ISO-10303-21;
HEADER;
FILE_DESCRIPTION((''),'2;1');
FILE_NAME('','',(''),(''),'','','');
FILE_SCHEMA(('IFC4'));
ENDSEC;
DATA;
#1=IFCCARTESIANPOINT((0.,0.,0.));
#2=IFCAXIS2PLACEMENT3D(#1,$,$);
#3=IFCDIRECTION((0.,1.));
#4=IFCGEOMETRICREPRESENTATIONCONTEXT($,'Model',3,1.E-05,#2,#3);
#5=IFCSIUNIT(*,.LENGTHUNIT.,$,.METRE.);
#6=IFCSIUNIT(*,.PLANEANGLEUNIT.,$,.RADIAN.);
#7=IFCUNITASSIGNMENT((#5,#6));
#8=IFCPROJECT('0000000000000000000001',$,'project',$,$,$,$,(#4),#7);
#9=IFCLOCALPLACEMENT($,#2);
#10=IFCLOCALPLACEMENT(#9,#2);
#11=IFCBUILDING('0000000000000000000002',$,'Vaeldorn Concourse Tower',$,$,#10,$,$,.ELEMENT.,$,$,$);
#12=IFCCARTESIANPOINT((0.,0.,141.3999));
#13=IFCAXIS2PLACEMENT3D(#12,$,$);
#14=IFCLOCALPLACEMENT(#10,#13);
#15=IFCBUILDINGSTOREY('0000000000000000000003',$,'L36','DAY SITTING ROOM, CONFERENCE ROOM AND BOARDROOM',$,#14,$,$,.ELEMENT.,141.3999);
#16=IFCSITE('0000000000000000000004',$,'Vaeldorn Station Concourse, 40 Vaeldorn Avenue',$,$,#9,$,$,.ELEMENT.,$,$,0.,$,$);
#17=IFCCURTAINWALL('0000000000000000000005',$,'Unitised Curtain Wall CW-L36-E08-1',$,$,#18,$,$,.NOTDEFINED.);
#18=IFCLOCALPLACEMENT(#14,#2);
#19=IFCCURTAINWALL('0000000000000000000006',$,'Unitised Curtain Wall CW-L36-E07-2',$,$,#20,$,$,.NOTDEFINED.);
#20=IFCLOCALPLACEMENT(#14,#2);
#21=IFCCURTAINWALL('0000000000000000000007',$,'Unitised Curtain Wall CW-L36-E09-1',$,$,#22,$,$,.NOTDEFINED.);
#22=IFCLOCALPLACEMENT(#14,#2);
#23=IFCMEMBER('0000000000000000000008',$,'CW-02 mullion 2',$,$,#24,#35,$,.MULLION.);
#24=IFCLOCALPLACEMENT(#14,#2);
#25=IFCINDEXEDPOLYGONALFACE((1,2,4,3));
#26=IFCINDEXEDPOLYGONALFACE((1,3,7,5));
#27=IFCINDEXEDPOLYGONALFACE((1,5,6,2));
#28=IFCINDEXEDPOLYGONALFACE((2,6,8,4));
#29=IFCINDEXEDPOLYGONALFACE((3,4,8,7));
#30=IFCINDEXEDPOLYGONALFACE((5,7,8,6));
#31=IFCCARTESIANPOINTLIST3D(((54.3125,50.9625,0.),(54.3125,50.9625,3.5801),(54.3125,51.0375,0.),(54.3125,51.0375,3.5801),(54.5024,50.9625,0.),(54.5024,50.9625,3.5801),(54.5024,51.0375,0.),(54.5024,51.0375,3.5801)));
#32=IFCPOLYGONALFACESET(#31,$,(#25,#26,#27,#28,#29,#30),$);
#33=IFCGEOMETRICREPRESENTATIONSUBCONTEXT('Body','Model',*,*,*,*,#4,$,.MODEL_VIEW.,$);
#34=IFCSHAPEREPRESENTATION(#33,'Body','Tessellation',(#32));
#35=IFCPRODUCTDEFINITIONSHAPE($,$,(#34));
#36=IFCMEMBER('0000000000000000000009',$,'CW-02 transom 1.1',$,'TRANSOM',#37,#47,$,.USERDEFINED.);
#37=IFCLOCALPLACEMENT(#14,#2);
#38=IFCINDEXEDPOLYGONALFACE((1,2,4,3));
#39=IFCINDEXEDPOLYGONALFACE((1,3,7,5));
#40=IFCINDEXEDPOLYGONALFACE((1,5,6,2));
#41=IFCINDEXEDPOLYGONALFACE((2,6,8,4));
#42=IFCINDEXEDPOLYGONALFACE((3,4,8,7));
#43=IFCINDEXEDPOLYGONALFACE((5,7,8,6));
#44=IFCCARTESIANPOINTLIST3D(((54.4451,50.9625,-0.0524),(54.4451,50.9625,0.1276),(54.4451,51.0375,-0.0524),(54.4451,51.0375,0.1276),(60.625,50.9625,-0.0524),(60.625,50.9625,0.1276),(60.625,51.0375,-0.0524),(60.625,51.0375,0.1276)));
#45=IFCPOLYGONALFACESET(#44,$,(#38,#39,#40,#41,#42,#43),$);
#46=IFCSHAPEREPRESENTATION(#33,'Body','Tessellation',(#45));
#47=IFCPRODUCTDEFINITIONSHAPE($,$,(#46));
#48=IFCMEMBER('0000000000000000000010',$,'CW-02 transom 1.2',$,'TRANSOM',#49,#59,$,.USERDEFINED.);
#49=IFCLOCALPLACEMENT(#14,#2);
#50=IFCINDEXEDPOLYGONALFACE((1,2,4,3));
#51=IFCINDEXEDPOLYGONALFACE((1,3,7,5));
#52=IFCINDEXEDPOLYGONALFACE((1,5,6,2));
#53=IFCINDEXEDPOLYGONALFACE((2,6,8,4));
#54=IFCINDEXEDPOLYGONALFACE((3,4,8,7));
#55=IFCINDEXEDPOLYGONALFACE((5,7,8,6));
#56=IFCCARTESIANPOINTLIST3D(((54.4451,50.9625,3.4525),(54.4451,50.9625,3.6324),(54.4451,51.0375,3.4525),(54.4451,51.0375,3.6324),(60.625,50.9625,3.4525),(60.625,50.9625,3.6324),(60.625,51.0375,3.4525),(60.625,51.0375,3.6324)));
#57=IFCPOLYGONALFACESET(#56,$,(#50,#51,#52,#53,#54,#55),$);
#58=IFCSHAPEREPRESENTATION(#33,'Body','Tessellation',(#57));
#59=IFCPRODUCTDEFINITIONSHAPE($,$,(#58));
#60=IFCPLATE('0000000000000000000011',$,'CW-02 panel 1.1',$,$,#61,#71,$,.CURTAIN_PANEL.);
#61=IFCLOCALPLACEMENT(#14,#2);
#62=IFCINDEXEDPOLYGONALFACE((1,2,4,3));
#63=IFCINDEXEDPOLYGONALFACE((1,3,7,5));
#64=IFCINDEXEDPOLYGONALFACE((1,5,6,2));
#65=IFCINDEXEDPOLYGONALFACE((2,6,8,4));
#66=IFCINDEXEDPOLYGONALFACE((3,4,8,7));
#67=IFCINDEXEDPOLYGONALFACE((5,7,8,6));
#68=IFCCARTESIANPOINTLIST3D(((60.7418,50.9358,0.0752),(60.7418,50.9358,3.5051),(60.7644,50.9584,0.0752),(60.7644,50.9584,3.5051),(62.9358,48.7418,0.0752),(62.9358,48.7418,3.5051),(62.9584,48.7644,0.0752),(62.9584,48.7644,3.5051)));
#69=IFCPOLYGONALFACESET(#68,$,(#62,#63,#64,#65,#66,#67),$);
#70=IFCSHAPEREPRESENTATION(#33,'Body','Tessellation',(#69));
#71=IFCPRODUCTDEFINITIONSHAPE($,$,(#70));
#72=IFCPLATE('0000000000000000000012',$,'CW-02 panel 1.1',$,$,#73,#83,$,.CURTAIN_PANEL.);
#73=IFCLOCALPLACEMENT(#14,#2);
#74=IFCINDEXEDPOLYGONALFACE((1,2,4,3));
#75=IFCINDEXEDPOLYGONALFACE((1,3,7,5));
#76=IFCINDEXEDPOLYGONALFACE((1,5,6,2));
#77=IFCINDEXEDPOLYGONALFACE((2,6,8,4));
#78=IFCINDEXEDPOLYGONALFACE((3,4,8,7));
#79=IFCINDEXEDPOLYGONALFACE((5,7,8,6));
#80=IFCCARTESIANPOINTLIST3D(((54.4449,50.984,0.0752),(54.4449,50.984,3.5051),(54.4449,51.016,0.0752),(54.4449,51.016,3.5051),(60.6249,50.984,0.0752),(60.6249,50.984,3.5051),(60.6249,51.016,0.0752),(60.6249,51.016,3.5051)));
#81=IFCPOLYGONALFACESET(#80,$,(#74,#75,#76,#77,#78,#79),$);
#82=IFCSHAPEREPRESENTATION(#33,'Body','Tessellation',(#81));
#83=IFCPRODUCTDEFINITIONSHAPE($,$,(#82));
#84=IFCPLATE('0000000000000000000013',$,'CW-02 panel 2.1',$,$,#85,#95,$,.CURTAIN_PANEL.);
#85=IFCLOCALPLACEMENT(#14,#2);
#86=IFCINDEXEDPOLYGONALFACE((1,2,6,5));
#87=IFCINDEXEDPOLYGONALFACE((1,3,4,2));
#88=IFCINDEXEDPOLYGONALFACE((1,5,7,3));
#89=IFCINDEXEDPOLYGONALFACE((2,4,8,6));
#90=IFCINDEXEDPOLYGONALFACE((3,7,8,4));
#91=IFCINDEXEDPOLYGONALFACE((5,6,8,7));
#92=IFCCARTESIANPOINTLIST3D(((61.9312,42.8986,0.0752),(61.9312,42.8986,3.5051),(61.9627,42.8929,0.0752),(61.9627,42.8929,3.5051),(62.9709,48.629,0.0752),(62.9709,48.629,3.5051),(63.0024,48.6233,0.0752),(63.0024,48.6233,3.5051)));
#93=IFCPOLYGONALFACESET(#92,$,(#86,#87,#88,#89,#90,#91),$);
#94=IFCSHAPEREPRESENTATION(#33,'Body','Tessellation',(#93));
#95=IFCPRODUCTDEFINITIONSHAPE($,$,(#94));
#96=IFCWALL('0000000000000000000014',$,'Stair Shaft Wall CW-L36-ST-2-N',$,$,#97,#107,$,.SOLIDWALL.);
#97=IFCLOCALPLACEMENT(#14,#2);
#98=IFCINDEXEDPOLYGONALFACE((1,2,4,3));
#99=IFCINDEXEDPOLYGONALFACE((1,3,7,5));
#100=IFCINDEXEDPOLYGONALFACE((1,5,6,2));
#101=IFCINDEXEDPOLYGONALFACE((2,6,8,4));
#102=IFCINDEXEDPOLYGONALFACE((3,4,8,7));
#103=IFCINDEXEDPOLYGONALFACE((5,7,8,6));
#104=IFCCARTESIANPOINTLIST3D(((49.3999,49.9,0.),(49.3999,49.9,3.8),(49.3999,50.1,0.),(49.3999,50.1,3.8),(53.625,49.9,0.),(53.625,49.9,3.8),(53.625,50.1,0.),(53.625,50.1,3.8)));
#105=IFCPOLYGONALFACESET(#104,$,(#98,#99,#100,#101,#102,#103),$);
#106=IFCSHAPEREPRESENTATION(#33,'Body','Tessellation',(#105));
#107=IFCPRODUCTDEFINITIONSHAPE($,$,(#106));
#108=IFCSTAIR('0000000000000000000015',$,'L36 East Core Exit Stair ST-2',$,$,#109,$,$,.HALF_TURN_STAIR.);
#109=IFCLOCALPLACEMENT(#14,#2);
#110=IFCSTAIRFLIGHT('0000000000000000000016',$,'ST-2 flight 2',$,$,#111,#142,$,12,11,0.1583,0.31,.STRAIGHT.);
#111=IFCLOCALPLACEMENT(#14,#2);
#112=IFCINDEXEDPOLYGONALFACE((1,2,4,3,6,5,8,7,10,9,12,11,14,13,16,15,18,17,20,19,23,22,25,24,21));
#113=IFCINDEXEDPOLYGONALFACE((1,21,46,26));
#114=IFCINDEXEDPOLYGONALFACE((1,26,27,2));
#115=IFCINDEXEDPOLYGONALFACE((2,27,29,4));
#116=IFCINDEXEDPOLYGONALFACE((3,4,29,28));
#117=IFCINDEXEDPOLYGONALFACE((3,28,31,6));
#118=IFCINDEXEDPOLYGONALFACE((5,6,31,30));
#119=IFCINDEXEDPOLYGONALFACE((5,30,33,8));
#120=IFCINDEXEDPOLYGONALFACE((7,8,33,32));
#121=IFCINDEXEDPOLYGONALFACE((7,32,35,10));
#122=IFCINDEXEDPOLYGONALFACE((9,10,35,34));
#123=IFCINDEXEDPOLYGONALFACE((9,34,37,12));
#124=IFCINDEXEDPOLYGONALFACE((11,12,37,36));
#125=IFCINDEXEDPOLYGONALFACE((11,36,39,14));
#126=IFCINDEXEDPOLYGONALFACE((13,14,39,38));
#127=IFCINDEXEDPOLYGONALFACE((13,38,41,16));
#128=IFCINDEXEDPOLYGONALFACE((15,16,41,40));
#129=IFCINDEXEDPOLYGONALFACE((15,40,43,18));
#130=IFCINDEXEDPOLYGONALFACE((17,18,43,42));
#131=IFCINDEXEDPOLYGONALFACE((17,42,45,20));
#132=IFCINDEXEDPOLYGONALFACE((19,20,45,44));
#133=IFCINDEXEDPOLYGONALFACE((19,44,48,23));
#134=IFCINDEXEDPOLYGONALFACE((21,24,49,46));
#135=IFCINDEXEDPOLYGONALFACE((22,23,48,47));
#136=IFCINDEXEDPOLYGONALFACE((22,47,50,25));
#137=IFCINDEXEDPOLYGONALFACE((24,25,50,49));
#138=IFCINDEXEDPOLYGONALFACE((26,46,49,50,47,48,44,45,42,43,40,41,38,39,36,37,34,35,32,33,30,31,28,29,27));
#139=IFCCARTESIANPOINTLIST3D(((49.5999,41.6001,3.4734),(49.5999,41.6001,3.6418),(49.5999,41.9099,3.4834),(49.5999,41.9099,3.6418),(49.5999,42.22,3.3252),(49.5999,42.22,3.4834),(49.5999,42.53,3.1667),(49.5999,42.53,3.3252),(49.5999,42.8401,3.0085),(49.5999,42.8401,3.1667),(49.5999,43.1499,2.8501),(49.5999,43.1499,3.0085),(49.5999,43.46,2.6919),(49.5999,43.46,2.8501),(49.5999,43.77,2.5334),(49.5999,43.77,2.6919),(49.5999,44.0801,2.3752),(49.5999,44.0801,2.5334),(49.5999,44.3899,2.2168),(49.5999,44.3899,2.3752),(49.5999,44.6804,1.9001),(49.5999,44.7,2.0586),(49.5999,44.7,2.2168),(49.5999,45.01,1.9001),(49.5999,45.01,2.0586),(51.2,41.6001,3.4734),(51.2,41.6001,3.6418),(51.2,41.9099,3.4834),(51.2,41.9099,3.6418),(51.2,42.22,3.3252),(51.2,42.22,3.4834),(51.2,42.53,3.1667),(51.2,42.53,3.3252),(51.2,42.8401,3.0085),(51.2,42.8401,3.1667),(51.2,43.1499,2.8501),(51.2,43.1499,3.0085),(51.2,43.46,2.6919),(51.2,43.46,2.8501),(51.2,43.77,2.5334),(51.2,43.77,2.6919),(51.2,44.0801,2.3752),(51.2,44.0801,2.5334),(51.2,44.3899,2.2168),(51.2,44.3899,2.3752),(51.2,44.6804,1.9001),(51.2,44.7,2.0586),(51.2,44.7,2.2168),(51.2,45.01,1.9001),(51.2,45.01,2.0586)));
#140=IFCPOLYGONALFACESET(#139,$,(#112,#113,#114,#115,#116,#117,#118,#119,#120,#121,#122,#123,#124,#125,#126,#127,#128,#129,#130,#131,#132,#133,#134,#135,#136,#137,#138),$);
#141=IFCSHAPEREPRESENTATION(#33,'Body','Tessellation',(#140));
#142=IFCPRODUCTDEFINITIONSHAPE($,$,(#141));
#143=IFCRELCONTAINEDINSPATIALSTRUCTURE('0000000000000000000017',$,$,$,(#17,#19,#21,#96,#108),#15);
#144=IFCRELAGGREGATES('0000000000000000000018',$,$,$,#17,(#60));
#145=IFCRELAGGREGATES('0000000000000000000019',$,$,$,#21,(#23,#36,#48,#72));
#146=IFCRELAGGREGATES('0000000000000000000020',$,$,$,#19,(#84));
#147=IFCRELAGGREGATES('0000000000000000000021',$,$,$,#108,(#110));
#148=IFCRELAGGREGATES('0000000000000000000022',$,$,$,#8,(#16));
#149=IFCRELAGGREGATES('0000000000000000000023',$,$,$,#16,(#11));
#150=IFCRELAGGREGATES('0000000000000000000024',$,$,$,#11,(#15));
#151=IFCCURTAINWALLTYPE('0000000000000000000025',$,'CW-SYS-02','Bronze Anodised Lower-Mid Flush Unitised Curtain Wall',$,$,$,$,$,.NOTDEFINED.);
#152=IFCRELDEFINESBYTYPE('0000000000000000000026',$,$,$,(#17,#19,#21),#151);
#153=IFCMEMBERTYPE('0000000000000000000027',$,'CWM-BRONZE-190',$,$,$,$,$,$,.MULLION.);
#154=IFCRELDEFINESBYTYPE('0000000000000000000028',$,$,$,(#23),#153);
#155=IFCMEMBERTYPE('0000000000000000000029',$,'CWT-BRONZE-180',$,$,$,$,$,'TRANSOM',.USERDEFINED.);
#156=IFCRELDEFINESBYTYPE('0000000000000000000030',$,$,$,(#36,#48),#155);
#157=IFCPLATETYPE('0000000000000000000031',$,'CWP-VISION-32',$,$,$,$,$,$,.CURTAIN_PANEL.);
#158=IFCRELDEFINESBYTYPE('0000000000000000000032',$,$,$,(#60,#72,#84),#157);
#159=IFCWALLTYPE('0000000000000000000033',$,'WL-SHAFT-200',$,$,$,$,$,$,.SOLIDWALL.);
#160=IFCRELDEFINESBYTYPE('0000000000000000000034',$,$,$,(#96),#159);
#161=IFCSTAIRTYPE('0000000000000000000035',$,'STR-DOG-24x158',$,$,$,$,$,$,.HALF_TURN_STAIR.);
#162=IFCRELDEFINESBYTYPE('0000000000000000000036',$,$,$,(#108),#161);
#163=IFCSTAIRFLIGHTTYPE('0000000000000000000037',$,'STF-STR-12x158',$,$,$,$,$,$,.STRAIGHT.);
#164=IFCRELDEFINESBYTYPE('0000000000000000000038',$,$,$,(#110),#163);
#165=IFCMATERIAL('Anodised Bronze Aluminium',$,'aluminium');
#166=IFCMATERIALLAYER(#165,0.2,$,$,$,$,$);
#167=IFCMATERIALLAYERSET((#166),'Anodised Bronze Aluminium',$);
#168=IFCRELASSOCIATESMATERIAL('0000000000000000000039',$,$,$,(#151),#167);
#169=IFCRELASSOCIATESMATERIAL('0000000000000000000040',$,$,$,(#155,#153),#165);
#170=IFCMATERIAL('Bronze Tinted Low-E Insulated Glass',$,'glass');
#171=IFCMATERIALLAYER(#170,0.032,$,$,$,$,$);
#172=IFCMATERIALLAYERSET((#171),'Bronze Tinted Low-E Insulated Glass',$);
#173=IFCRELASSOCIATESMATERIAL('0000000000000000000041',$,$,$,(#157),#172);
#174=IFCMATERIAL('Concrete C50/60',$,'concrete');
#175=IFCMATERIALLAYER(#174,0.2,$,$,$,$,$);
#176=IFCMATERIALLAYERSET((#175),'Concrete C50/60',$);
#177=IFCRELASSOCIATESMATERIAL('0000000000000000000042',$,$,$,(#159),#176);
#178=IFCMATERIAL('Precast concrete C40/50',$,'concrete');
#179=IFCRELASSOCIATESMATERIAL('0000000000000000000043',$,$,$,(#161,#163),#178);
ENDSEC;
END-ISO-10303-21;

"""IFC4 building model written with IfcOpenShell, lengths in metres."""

from ifc_helpers import new_model, si_unit, direction, frame, frame_2d, origin, origin_2d, place, context, subcontext, project, spatial, polyline, rectangle, outline, extrude, source, transform, mapped, material, layer, layer_set, material_profile, profile_set, type_object, element, aggregate, save


model = new_model("IFC4")

# Units and contexts
model_context = context("Model", 3, precision=1e-05, world=origin(), true_north=direction((0.0, 1.0)))
body_context = subcontext(model_context, "Body", "Model", "MODEL_VIEW")
ifc_project = project(units=[si_unit("LENGTHUNIT", "METRE"), si_unit("PLANEANGLEUNIT", "RADIAN")], contexts=[model_context])

# Site, building, storey
site_placement = place(None, origin())
site = spatial("IfcSite", under=ifc_project, at=site_placement, Name="Vaeldorn Station Concourse, 40 Vaeldorn Avenue", CompositionType="ELEMENT", RefElevation=0.0)
building_placement = place(site_placement, origin())
building = spatial("IfcBuilding", under=site, at=building_placement, Name="Vaeldorn Concourse Tower", CompositionType="ELEMENT")
storey_placement = place(building_placement, frame((0.0, 0.0, 141.3999)))
storey = spatial("IfcBuildingStorey", under=building, at=storey_placement, Name="L36", Description="DAY SITTING ROOM, CONFERENCE ROOM AND BOARDROOM", CompositionType="ELEMENT", Elevation=141.3999)

# Curtain wall
ifc_material_1 = material(Name="Anodised Bronze Aluminium", Category="aluminium")
ifc_layer_1 = layer(ifc_material_1, 0.2)
ifc_layer_set_1 = layer_set([ifc_layer_1], Name="Anodised Bronze Aluminium")
curtain_wall_type = type_object("IfcCurtainWallType", Name="CW-SYS-02", Description="Bronze Anodised Lower-Mid Flush Unitised Curtain Wall", PredefinedType="NOTDEFINED", material=ifc_layer_set_1)
curtain_wall_1_placement = place(storey_placement, origin())
curtain_wall_1 = element("IfcCurtainWall", 1, at=curtain_wall_1_placement, inside=storey, type_object=curtain_wall_type, Name="Unitised Curtain Wall CW-L36-E08-1", PredefinedType="NOTDEFINED")
ifc_material_profile_1 = material_profile(ifc_material_1, rectangle(XDim=0.075, YDim=0.1799, at=origin_2d()), Name="CWT 75x180")
ifc_profile_set_1 = profile_set([ifc_material_profile_1], Name="Anodised Bronze Aluminium")
member_type_1 = type_object("IfcMemberType", Name="CWT-BRONZE-180", ElementType="TRANSOM", PredefinedType="USERDEFINED", material=ifc_profile_set_1)

# Curtain wall
curtain_wall_2_placement = place(storey_placement, origin())
curtain_wall_2 = element("IfcCurtainWall", 2, at=curtain_wall_2_placement, inside=storey, type_object=curtain_wall_type, Name="Unitised Curtain Wall CW-L36-E07-2", PredefinedType="NOTDEFINED")
ifc_material_profile_2 = material_profile(ifc_material_1, rectangle(XDim=0.075, YDim=0.1899, at=origin_2d()), Name="CWM 75x190")
ifc_profile_set_2 = profile_set([ifc_material_profile_2], Name="Anodised Bronze Aluminium")
member_type_2 = type_object("IfcMemberType", Name="CWM-BRONZE-190", PredefinedType="MULLION", material=ifc_profile_set_2)
shared_shape_1 = source(origin(), body_context, "Body", "SweptSolid", [
    extrude(rectangle(XDim=0.075, YDim=0.1899, at=origin_2d()), origin(), (0.0, 0.0, 1.0), 3.5801),
])

# Curtain wall, members
curtain_wall_3_placement = place(storey_placement, origin())
curtain_wall_3 = element("IfcCurtainWall", 3, at=curtain_wall_3_placement, inside=storey, type_object=curtain_wall_type, Name="Unitised Curtain Wall CW-L36-E09-1", PredefinedType="NOTDEFINED")
member_1_placement = place(storey_placement, frame((54.4075, 51.0, 0.0), z_axis=(0.0, 0.0, 1.0), x_axis=(0.0, -1.0, 0.0)))
member_1 = element("IfcMember", 4, at=member_1_placement, type_object=member_type_2, Name="CW-02 mullion 2", PredefinedType="MULLION", context=body_context, shape_type="MappedRepresentation", body=[
    mapped(shared_shape_1, transform((0.0, 0.0, 0.0), scale=1.0)),
])
shared_shape_2 = source(origin(), body_context, "Body", "SweptSolid", [
    extrude(rectangle(XDim=0.075, YDim=0.1799, at=origin_2d()), origin(), (0.0, 0.0, 1.0), 6.1799),
])
member_2_placement = place(storey_placement, frame((60.625, 51.0, 0.0376), z_axis=(-1.0, 0.0, 0.0), x_axis=(0.0, -1.0, 0.0)))
member_2 = element("IfcMember", 5, at=member_2_placement, type_object=member_type_1, Name="CW-02 transom 1.1", ObjectType="TRANSOM", PredefinedType="USERDEFINED", context=body_context, shape_type="MappedRepresentation", body=[
    mapped(shared_shape_2, transform((0.0, 0.0, 0.0), scale=1.0)),
])
member_3_placement = place(storey_placement, frame((60.625, 51.0, 3.5425), z_axis=(-1.0, 0.0, 0.0), x_axis=(0.0, -1.0, 0.0)))
member_3 = element("IfcMember", 6, at=member_3_placement, type_object=member_type_1, Name="CW-02 transom 1.2", ObjectType="TRANSOM", PredefinedType="USERDEFINED", context=body_context, shape_type="MappedRepresentation", body=[
    mapped(shared_shape_2, transform((0.0, 0.0, 0.0), scale=1.0)),
])

# Plates
ifc_material_2 = material(Name="Bronze Tinted Low-E Insulated Glass", Category="glass")
ifc_layer_2 = layer(ifc_material_2, 0.032)
ifc_layer_set_2 = layer_set([ifc_layer_2], Name="Bronze Tinted Low-E Insulated Glass")
plate_type = type_object("IfcPlateType", Name="CWP-VISION-32", PredefinedType="CURTAIN_PANEL", material=ifc_layer_set_2)
shared_shape_3 = source(origin(), body_context, "Body", "SweptSolid", [
    extrude(rectangle(XDim=3.1028, YDim=0.032, at=origin_2d()), origin(), (0.0, 0.0, 1.0), 3.4299),
])
plate_1_placement = place(storey_placement, frame((61.8501, 49.8501, 0.0752), z_axis=(0.0, 0.0, 1.0), x_axis=(-0.707107, 0.707107, 0.0)))
plate_1 = element("IfcPlate", 7, at=plate_1_placement, type_object=plate_type, Name="CW-02 panel 1.1", PredefinedType="CURTAIN_PANEL", context=body_context, shape_type="MappedRepresentation", body=[
    mapped(shared_shape_3, transform((0.0, 0.0, 0.0), scale=1.0)),
])
aggregate(curtain_wall_1, [plate_1])
shared_shape_4 = source(origin(), body_context, "Body", "SweptSolid", [
    extrude(rectangle(XDim=6.1799, YDim=0.032, at=origin_2d()), origin(), (0.0, 0.0, 1.0), 3.4299),
])
plate_2_placement = place(storey_placement, frame((57.5349, 51.0, 0.0752), z_axis=(0.0, 0.0, 1.0), x_axis=(-1.0, 0.0, 0.0)))
plate_2 = element("IfcPlate", 8, at=plate_2_placement, type_object=plate_type, Name="CW-02 panel 1.1", PredefinedType="CURTAIN_PANEL", context=body_context, shape_type="MappedRepresentation", body=[
    mapped(shared_shape_4, transform((0.0, 0.0, 0.0), scale=1.0)),
])
aggregate(curtain_wall_3, [member_1, member_2, member_3, plate_2])
shared_shape_5 = source(origin(), body_context, "Body", "SweptSolid", [
    extrude(rectangle(XDim=5.824, YDim=0.032, at=origin_2d()), origin(), (0.0, 0.0, 1.0), 3.4299),
])
plate_3_placement = place(storey_placement, frame((62.4668, 45.761, 0.0752), z_axis=(0.0, 0.0, 1.0), x_axis=(0.178527, 0.983935, 0.0)))
plate_3 = element("IfcPlate", 9, at=plate_3_placement, type_object=plate_type, Name="CW-02 panel 2.1", PredefinedType="CURTAIN_PANEL", context=body_context, shape_type="MappedRepresentation", body=[
    mapped(shared_shape_5, transform((0.0, 0.0, 0.0), scale=1.0)),
])
aggregate(curtain_wall_2, [plate_3])

# Wall
ifc_material_3 = material(Name="Concrete C50/60", Category="concrete")
ifc_layer_3 = layer(ifc_material_3, 0.2)
ifc_layer_set_3 = layer_set([ifc_layer_3], Name="Concrete C50/60")
wall_type = type_object("IfcWallType", Name="WL-SHAFT-200", PredefinedType="SOLIDWALL", material=ifc_layer_set_3)
wall_placement = place(storey_placement, frame((49.3999, 50.0, 0.0), z_axis=(0.0, 0.0, 1.0), x_axis=(1.0, 0.0, 0.0)))
element("IfcWall", 10, at=wall_placement, inside=storey, type_object=wall_type, Name="Stair Shaft Wall CW-L36-ST-2-N", PredefinedType="SOLIDWALL", context=body_context, shape_type="SweptSolid", body=[
    extrude(rectangle(XDim=4.2251, YDim=0.2, at=frame_2d((2.1125, 0.0))), origin(), (0.0, 0.0, 1.0), 3.8),
])

# Stair, stair flight
ifc_material_4 = material(Name="Precast concrete C40/50", Category="concrete")
stair_type = type_object("IfcStairType", Name="STR-DOG-24x158", PredefinedType="HALF_TURN_STAIR", material=ifc_material_4)
stair_placement = place(storey_placement, origin())
stair = element("IfcStair", 11, at=stair_placement, inside=storey, type_object=stair_type, Name="L36 East Core Exit Stair ST-2", PredefinedType="HALF_TURN_STAIR")
stair_flight_type = type_object("IfcStairFlightType", Name="STF-STR-12x158", PredefinedType="STRAIGHT", material=ifc_material_4)
stair_flight_placement = place(storey_placement, frame((50.3999, 45.01, 1.9001), z_axis=(0.0, 0.0, 1.0), x_axis=(0.0, -1.0, 0.0)))
stair_flight = element("IfcStairFlight", 12, at=stair_flight_placement, type_object=stair_flight_type, Name="ST-2 flight 2", NumberOfRisers=12, NumberOfTreads=11, PredefinedType="STRAIGHT", RiserHeight=0.1583, TreadLength=0.31, context=body_context, shape_type="SweptSolid", body=[
    extrude(outline(polyline([(0.0, 0.0), (0.0, 0.1584), (0.3101, 0.1584), (0.3101, 0.3167), (0.6201, 0.3167), (0.6201, 0.4751), (0.9299, 0.4751), (0.9299, 0.6333), (1.24, 0.6333), (1.24, 0.7917), (1.55, 0.7917), (1.55, 0.95), (1.8601, 0.95), (1.8601, 1.1084), (2.1699, 1.1084), (2.1699, 1.2666), (2.48, 1.2666), (2.48, 1.425), (2.79, 1.425), (2.79, 1.5833), (3.1001, 1.5833), (3.1001, 1.7417), (3.4099, 1.7417), (3.4099, 1.8999), (3.4099, 1.5732), (0.3296, 0.0), (0.0, 0.0)])), frame((0.0, 0.8, 0.0), z_axis=(0.0, -1.0, 0.0), x_axis=(1.0, 0.0, 0.0)), (0.0, 0.0, 1.0), 1.6001),
])
aggregate(stair, [stair_flight])

save(model, "model.ifc")
